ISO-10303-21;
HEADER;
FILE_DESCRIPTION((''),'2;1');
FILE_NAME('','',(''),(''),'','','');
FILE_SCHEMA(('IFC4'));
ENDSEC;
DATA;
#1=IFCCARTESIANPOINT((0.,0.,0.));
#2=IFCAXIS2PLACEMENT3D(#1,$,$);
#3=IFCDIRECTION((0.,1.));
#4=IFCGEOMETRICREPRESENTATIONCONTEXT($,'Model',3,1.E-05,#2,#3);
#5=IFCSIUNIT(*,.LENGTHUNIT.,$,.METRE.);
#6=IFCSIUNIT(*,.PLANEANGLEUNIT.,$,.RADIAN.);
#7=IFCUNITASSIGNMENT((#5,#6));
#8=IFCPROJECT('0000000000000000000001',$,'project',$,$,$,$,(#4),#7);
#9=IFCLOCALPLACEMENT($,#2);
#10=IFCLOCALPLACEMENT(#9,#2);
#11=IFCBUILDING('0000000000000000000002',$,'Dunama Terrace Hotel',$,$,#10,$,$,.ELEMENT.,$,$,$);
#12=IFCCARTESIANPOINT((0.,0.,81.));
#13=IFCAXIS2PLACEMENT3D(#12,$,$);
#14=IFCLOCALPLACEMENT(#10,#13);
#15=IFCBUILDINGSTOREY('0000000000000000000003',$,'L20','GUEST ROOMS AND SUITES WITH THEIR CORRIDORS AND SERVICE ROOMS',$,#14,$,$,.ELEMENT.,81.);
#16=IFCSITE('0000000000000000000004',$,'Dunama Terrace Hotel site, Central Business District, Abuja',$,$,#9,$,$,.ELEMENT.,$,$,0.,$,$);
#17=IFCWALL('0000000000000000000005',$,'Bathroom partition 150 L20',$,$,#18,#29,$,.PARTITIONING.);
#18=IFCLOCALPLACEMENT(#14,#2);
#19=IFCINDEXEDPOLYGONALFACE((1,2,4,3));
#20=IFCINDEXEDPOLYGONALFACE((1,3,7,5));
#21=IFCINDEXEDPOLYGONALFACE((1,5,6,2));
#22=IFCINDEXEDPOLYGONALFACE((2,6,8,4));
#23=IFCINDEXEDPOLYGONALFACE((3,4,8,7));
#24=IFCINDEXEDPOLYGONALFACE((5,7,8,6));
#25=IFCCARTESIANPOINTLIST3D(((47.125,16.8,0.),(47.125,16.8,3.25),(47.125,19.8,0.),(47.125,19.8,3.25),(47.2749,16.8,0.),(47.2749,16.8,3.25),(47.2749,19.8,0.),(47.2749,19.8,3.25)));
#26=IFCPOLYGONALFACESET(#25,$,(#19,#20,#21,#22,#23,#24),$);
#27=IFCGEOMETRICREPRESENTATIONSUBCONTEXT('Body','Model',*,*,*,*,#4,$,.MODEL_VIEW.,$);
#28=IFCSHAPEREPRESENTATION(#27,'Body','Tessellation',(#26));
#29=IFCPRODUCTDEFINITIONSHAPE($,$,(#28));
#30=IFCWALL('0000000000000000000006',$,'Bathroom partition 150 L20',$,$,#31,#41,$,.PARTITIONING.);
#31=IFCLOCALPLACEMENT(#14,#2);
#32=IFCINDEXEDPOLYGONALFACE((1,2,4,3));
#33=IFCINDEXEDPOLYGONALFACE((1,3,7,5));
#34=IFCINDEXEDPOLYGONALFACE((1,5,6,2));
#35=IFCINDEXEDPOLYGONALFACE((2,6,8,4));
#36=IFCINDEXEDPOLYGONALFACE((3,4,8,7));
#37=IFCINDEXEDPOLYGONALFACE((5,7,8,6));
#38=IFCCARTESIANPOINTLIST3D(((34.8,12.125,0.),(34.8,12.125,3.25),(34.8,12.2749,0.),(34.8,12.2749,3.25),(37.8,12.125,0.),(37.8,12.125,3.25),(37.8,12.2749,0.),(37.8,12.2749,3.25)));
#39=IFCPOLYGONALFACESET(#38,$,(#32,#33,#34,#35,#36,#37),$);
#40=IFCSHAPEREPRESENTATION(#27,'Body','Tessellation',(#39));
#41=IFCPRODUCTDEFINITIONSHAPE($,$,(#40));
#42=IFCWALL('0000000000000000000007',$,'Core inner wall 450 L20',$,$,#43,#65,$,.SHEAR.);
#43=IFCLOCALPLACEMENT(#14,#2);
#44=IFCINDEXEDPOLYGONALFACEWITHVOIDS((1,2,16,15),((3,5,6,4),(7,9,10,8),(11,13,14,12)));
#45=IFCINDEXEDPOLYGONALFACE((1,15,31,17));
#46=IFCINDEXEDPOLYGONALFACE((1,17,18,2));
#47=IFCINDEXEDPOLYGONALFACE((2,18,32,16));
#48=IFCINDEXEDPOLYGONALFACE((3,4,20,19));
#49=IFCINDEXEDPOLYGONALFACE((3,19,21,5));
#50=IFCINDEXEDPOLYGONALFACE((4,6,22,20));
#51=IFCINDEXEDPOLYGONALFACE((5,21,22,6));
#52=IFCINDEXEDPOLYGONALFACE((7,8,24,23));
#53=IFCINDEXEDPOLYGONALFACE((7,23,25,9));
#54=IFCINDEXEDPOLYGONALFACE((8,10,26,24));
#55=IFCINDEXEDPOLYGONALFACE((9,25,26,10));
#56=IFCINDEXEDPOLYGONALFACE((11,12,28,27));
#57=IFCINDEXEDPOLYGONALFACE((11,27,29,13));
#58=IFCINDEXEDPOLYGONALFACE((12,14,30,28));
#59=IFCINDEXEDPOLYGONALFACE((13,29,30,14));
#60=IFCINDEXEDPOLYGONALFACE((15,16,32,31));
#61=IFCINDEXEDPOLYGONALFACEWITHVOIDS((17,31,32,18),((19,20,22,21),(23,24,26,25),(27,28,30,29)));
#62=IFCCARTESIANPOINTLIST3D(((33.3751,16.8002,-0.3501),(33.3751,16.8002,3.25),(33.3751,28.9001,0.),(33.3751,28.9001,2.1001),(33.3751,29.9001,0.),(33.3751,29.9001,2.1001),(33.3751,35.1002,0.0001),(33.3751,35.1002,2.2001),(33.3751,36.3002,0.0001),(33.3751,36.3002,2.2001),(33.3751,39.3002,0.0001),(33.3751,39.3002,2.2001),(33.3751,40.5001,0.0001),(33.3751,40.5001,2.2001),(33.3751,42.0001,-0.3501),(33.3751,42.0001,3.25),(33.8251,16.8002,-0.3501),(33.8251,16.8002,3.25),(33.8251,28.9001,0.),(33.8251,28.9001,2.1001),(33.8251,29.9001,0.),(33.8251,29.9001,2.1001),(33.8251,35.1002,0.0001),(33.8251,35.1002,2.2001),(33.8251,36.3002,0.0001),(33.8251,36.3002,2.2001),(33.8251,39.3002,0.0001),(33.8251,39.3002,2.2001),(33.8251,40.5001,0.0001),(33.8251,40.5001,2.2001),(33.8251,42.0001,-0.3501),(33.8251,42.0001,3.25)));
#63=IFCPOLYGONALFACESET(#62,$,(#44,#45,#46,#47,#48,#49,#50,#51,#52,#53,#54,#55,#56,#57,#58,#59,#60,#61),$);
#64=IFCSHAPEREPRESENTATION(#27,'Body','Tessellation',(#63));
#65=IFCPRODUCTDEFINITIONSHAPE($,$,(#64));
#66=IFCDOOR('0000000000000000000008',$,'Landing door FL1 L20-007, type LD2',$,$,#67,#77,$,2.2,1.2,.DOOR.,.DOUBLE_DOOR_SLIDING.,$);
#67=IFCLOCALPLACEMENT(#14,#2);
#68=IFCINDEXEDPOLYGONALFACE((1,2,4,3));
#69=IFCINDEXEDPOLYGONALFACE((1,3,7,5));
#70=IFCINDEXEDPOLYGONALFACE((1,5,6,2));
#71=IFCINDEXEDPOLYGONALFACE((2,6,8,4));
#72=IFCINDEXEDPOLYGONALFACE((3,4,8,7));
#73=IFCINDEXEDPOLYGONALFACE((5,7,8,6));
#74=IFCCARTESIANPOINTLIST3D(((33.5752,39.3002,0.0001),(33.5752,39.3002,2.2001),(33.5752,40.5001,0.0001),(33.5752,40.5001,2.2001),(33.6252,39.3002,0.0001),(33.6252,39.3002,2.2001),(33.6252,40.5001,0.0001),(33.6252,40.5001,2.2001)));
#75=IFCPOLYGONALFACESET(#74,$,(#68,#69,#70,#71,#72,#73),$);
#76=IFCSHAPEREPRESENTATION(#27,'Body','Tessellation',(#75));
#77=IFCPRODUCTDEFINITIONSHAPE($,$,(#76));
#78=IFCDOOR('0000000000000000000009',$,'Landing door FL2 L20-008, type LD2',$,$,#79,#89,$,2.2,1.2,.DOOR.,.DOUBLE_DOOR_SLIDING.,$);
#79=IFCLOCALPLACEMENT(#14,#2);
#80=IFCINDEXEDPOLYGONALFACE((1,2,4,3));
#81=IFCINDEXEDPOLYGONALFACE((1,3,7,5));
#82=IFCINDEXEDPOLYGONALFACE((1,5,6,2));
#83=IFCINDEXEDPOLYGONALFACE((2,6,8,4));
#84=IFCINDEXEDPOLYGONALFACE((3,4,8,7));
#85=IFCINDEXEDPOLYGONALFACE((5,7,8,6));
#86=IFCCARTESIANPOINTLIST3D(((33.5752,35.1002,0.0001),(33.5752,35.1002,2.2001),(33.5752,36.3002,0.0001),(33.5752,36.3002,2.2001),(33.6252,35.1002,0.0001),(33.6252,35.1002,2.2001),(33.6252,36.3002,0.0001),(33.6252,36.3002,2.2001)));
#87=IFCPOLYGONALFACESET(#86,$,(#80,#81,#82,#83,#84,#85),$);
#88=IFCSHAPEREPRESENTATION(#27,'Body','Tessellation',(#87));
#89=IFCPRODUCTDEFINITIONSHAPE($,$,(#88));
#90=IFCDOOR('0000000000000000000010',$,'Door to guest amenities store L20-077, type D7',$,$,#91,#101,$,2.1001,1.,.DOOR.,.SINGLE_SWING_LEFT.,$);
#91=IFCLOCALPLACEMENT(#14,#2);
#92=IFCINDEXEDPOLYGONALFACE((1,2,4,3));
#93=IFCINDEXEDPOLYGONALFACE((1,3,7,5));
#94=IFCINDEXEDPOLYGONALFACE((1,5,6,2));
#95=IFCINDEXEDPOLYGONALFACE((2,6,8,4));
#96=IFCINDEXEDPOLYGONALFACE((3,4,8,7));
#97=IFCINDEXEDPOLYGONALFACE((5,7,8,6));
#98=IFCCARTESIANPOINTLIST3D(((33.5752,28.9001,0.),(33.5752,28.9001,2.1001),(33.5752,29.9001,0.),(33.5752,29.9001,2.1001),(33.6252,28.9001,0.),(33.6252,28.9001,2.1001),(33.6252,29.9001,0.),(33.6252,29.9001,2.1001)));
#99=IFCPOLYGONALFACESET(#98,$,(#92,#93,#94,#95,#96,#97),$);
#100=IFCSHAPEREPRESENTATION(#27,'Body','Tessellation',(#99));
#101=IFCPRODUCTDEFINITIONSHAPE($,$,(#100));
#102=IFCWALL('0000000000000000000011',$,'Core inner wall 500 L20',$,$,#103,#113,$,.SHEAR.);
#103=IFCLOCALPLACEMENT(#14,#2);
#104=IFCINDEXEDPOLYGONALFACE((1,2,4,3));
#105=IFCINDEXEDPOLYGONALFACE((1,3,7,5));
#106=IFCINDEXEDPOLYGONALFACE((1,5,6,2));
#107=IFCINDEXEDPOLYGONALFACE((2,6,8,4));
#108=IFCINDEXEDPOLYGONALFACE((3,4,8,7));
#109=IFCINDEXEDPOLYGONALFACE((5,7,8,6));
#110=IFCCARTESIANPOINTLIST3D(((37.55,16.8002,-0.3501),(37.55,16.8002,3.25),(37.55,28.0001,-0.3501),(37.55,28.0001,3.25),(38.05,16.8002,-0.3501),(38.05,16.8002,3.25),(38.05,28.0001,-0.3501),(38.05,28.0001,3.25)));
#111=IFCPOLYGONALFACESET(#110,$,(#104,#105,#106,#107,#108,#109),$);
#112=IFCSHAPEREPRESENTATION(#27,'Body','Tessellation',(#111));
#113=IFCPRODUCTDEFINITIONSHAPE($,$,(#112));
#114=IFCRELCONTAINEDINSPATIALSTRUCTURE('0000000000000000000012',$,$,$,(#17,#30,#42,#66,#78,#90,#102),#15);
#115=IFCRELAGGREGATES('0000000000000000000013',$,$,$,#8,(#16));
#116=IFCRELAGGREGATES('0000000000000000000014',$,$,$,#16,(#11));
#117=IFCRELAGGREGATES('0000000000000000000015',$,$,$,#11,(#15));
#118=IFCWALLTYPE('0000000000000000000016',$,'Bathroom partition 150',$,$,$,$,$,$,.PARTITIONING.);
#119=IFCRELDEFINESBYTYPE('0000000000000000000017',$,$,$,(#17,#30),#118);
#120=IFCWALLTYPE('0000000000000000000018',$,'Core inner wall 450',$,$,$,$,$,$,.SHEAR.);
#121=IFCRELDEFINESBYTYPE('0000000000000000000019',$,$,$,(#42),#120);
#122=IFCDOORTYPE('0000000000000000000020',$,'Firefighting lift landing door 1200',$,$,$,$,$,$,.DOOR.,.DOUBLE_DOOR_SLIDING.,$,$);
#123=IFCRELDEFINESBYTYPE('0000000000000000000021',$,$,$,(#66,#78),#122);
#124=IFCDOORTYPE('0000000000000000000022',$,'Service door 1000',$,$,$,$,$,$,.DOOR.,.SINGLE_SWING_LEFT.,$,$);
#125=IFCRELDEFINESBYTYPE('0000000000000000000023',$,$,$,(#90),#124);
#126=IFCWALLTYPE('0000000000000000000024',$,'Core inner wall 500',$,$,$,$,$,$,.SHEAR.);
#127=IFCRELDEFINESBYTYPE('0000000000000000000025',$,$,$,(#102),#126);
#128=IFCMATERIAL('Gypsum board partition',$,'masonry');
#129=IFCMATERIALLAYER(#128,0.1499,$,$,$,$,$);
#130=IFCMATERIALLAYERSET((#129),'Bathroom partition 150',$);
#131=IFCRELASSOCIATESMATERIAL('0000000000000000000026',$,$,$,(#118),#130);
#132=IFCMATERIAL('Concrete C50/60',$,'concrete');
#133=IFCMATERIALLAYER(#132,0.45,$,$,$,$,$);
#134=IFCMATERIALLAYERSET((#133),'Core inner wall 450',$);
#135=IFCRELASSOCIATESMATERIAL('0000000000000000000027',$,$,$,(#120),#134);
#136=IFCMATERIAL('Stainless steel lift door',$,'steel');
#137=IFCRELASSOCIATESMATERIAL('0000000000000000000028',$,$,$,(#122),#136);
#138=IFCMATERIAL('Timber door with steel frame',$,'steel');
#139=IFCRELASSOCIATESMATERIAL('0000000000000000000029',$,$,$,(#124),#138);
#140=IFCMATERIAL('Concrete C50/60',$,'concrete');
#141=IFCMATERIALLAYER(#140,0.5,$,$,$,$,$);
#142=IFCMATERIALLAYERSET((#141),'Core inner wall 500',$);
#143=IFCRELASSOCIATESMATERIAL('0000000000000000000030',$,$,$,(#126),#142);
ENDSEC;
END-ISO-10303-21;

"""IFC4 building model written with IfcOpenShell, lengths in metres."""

from ifc_helpers import new_model, si_unit, direction, frame, frame_2d, origin, place, context, subcontext, project, spatial, rectangle, extrude, material, layer, layer_set, type_object, element, fill, save


model = new_model("IFC4")

# Units and contexts
model_context = context("Model", 3, precision=1e-05, world=origin(), true_north=direction((0.0, 1.0)))
body_context = subcontext(model_context, "Body", "Model", "MODEL_VIEW")
ifc_project = project(units=[si_unit("LENGTHUNIT", "METRE"), si_unit("PLANEANGLEUNIT", "RADIAN")], contexts=[model_context])

# Site, building, storey
site_placement = place(None, origin())
site = spatial("IfcSite", under=ifc_project, at=site_placement, Name="Dunama Terrace Hotel site, Central Business District, Abuja", CompositionType="ELEMENT", RefElevation=0.0)
building_placement = place(site_placement, origin())
building = spatial("IfcBuilding", under=site, at=building_placement, Name="Dunama Terrace Hotel", CompositionType="ELEMENT")
storey_placement = place(building_placement, frame((0.0, 0.0, 81.0)))
storey = spatial("IfcBuildingStorey", under=building, at=storey_placement, Name="L20", Description="GUEST ROOMS AND SUITES WITH THEIR CORRIDORS AND SERVICE ROOMS", CompositionType="ELEMENT", Elevation=81.0)

# Walls
ifc_material_1 = material(Name="Gypsum board partition", Category="masonry")
ifc_layer_1 = layer(ifc_material_1, 0.1499)
ifc_layer_set_1 = layer_set([ifc_layer_1], Name="Bathroom partition 150")
wall_type_1 = type_object("IfcWallType", Name="Bathroom partition 150", PredefinedType="PARTITIONING", material=ifc_layer_set_1)
for number, where, z_axis, x_axis, name in (
    (1, (47.2, 16.8, 0.0), (0.0, 0.0, 1.0), (0.0, 1.0, 0.0), "Bathroom partition 150 L20"),
    (2, (34.8, 12.2, 0.0), (0.0, 0.0, 1.0), (1.0, 0.0, 0.0), "Bathroom partition 150 L20"),
):
    element("IfcWall", number, at=place(storey_placement, frame(where, z_axis=z_axis, x_axis=x_axis)), inside=storey, type_object=wall_type_1, Name=name, PredefinedType="PARTITIONING", context=body_context, shape_type="SweptSolid", body=[
        extrude(rectangle(XDim=3.0, YDim=0.1499, at=frame_2d((1.5, 0.0))), origin(), (0.0, 0.0, 1.0), 3.25),
    ])

# Wall, openings, doors
ifc_material_2 = material(Name="Concrete C50/60", Category="concrete")
ifc_layer_2 = layer(ifc_material_2, 0.45)
ifc_layer_set_2 = layer_set([ifc_layer_2], Name="Core inner wall 450")
wall_type_2 = type_object("IfcWallType", Name="Core inner wall 450", PredefinedType="SHEAR", material=ifc_layer_set_2)
wall_1_placement = place(storey_placement, frame((33.6001, 16.8, -0.3501), z_axis=(0.0, 0.0, 1.0), x_axis=(0.0, 1.0, 0.0)))
wall_1 = element("IfcWall", 3, at=wall_1_placement, inside=storey, type_object=wall_type_2, Name="Core inner wall 450 L20", PredefinedType="SHEAR", context=body_context, shape_type="SweptSolid", body=[
    extrude(rectangle(XDim=25.2, YDim=0.45, at=frame_2d((12.6001, 0.0))), origin(), (0.0, 0.0, 1.0), 3.6001),
])
opening_1_placement = place(wall_1_placement, frame((22.5, 0.0, 0.3501)))
opening_1 = element("IfcOpeningElement", 4, at=opening_1_placement, cuts=wall_1, PredefinedType="OPENING", context=body_context, shape_type="SweptSolid", body=[
    extrude(rectangle(XDim=1.2, YDim=2.2, at=frame_2d((0.6001, 1.1001))), frame((0.0, 0.2349, 0.0), z_axis=(0.0, -1.0, 0.0), x_axis=(1.0, 0.0, 0.0)), (0.0, 0.0, 1.0), 0.47),
])
opening_2_placement = place(wall_1_placement, frame((18.3, 0.0, 0.3501)))
opening_2 = element("IfcOpeningElement", 5, at=opening_2_placement, cuts=wall_1, PredefinedType="OPENING", context=body_context, shape_type="SweptSolid", body=[
    extrude(rectangle(XDim=1.2, YDim=2.2, at=frame_2d((0.6001, 1.1001))), frame((0.0, 0.2349, 0.0), z_axis=(0.0, -1.0, 0.0), x_axis=(1.0, 0.0, 0.0)), (0.0, 0.0, 1.0), 0.47),
])
opening_3_placement = place(wall_1_placement, frame((12.1001, 0.0, 0.3501)))
opening_3 = element("IfcOpeningElement", 6, at=opening_3_placement, cuts=wall_1, PredefinedType="OPENING", context=body_context, shape_type="SweptSolid", body=[
    extrude(rectangle(XDim=1.0, YDim=2.1001, at=frame_2d((0.5, 1.05))), frame((0.0, 0.2349, 0.0), z_axis=(0.0, -1.0, 0.0), x_axis=(1.0, 0.0, 0.0)), (0.0, 0.0, 1.0), 0.47),
])
ifc_material_3 = material(Name="Stainless steel lift door", Category="steel")
door_type_1 = type_object("IfcDoorType", Name="Firefighting lift landing door 1200", OperationType="DOUBLE_DOOR_SLIDING", PredefinedType="DOOR", material=ifc_material_3)
door_1_placement = place(opening_1_placement, origin())
door_1 = element("IfcDoor", 7, at=door_1_placement, inside=storey, type_object=door_type_1, Name="Landing door FL1 L20-007, type LD2", OperationType="DOUBLE_DOOR_SLIDING", OverallHeight=2.2, OverallWidth=1.2, PredefinedType="DOOR", context=body_context, shape_type="SweptSolid", body=[
    extrude(rectangle(XDim=1.2, YDim=2.2, at=frame_2d((0.6001, 1.1001))), frame((0.0, 0.0249, 0.0), z_axis=(0.0, -1.0, 0.0), x_axis=(1.0, 0.0, 0.0)), (0.0, 0.0, 1.0), 0.05),
])
fill(opening_1, door_1)
door_2_placement = place(opening_2_placement, origin())
door_2 = element("IfcDoor", 8, at=door_2_placement, inside=storey, type_object=door_type_1, Name="Landing door FL2 L20-008, type LD2", OperationType="DOUBLE_DOOR_SLIDING", OverallHeight=2.2, OverallWidth=1.2, PredefinedType="DOOR", context=body_context, shape_type="SweptSolid", body=[
    extrude(rectangle(XDim=1.2, YDim=2.2, at=frame_2d((0.6001, 1.1001))), frame((0.0, 0.0249, 0.0), z_axis=(0.0, -1.0, 0.0), x_axis=(1.0, 0.0, 0.0)), (0.0, 0.0, 1.0), 0.05),
])
fill(opening_2, door_2)
ifc_material_4 = material(Name="Timber door with steel frame", Category="steel")
door_type_2 = type_object("IfcDoorType", Name="Service door 1000", OperationType="SINGLE_SWING_LEFT", PredefinedType="DOOR", material=ifc_material_4)
door_3_placement = place(opening_3_placement, origin())
door_3 = element("IfcDoor", 9, at=door_3_placement, inside=storey, type_object=door_type_2, Name="Door to guest amenities store L20-077, type D7", OperationType="SINGLE_SWING_LEFT", OverallHeight=2.1001, OverallWidth=1.0, PredefinedType="DOOR", context=body_context, shape_type="SweptSolid", body=[
    extrude(rectangle(XDim=1.0, YDim=2.1001, at=frame_2d((0.5, 1.05))), frame((0.0, 0.0249, 0.0), z_axis=(0.0, -1.0, 0.0), x_axis=(1.0, 0.0, 0.0)), (0.0, 0.0, 1.0), 0.05),
])
fill(opening_3, door_3)

# Wall
ifc_material_5 = material(Name="Concrete C50/60", Category="concrete")
ifc_layer_3 = layer(ifc_material_5, 0.5)
ifc_layer_set_3 = layer_set([ifc_layer_3], Name="Core inner wall 500")
wall_type_3 = type_object("IfcWallType", Name="Core inner wall 500", PredefinedType="SHEAR", material=ifc_layer_set_3)
wall_2_placement = place(storey_placement, frame((37.8, 16.8, -0.3501), z_axis=(0.0, 0.0, 1.0), x_axis=(0.0, 1.0, 0.0)))
element("IfcWall", 10, at=wall_2_placement, inside=storey, type_object=wall_type_3, Name="Core inner wall 500 L20", PredefinedType="SHEAR", context=body_context, shape_type="SweptSolid", body=[
    extrude(rectangle(XDim=11.2, YDim=0.5, at=frame_2d((5.6001, 0.0))), origin(), (0.0, 0.0, 1.0), 3.6001),
])

save(model, "model.ifc")
